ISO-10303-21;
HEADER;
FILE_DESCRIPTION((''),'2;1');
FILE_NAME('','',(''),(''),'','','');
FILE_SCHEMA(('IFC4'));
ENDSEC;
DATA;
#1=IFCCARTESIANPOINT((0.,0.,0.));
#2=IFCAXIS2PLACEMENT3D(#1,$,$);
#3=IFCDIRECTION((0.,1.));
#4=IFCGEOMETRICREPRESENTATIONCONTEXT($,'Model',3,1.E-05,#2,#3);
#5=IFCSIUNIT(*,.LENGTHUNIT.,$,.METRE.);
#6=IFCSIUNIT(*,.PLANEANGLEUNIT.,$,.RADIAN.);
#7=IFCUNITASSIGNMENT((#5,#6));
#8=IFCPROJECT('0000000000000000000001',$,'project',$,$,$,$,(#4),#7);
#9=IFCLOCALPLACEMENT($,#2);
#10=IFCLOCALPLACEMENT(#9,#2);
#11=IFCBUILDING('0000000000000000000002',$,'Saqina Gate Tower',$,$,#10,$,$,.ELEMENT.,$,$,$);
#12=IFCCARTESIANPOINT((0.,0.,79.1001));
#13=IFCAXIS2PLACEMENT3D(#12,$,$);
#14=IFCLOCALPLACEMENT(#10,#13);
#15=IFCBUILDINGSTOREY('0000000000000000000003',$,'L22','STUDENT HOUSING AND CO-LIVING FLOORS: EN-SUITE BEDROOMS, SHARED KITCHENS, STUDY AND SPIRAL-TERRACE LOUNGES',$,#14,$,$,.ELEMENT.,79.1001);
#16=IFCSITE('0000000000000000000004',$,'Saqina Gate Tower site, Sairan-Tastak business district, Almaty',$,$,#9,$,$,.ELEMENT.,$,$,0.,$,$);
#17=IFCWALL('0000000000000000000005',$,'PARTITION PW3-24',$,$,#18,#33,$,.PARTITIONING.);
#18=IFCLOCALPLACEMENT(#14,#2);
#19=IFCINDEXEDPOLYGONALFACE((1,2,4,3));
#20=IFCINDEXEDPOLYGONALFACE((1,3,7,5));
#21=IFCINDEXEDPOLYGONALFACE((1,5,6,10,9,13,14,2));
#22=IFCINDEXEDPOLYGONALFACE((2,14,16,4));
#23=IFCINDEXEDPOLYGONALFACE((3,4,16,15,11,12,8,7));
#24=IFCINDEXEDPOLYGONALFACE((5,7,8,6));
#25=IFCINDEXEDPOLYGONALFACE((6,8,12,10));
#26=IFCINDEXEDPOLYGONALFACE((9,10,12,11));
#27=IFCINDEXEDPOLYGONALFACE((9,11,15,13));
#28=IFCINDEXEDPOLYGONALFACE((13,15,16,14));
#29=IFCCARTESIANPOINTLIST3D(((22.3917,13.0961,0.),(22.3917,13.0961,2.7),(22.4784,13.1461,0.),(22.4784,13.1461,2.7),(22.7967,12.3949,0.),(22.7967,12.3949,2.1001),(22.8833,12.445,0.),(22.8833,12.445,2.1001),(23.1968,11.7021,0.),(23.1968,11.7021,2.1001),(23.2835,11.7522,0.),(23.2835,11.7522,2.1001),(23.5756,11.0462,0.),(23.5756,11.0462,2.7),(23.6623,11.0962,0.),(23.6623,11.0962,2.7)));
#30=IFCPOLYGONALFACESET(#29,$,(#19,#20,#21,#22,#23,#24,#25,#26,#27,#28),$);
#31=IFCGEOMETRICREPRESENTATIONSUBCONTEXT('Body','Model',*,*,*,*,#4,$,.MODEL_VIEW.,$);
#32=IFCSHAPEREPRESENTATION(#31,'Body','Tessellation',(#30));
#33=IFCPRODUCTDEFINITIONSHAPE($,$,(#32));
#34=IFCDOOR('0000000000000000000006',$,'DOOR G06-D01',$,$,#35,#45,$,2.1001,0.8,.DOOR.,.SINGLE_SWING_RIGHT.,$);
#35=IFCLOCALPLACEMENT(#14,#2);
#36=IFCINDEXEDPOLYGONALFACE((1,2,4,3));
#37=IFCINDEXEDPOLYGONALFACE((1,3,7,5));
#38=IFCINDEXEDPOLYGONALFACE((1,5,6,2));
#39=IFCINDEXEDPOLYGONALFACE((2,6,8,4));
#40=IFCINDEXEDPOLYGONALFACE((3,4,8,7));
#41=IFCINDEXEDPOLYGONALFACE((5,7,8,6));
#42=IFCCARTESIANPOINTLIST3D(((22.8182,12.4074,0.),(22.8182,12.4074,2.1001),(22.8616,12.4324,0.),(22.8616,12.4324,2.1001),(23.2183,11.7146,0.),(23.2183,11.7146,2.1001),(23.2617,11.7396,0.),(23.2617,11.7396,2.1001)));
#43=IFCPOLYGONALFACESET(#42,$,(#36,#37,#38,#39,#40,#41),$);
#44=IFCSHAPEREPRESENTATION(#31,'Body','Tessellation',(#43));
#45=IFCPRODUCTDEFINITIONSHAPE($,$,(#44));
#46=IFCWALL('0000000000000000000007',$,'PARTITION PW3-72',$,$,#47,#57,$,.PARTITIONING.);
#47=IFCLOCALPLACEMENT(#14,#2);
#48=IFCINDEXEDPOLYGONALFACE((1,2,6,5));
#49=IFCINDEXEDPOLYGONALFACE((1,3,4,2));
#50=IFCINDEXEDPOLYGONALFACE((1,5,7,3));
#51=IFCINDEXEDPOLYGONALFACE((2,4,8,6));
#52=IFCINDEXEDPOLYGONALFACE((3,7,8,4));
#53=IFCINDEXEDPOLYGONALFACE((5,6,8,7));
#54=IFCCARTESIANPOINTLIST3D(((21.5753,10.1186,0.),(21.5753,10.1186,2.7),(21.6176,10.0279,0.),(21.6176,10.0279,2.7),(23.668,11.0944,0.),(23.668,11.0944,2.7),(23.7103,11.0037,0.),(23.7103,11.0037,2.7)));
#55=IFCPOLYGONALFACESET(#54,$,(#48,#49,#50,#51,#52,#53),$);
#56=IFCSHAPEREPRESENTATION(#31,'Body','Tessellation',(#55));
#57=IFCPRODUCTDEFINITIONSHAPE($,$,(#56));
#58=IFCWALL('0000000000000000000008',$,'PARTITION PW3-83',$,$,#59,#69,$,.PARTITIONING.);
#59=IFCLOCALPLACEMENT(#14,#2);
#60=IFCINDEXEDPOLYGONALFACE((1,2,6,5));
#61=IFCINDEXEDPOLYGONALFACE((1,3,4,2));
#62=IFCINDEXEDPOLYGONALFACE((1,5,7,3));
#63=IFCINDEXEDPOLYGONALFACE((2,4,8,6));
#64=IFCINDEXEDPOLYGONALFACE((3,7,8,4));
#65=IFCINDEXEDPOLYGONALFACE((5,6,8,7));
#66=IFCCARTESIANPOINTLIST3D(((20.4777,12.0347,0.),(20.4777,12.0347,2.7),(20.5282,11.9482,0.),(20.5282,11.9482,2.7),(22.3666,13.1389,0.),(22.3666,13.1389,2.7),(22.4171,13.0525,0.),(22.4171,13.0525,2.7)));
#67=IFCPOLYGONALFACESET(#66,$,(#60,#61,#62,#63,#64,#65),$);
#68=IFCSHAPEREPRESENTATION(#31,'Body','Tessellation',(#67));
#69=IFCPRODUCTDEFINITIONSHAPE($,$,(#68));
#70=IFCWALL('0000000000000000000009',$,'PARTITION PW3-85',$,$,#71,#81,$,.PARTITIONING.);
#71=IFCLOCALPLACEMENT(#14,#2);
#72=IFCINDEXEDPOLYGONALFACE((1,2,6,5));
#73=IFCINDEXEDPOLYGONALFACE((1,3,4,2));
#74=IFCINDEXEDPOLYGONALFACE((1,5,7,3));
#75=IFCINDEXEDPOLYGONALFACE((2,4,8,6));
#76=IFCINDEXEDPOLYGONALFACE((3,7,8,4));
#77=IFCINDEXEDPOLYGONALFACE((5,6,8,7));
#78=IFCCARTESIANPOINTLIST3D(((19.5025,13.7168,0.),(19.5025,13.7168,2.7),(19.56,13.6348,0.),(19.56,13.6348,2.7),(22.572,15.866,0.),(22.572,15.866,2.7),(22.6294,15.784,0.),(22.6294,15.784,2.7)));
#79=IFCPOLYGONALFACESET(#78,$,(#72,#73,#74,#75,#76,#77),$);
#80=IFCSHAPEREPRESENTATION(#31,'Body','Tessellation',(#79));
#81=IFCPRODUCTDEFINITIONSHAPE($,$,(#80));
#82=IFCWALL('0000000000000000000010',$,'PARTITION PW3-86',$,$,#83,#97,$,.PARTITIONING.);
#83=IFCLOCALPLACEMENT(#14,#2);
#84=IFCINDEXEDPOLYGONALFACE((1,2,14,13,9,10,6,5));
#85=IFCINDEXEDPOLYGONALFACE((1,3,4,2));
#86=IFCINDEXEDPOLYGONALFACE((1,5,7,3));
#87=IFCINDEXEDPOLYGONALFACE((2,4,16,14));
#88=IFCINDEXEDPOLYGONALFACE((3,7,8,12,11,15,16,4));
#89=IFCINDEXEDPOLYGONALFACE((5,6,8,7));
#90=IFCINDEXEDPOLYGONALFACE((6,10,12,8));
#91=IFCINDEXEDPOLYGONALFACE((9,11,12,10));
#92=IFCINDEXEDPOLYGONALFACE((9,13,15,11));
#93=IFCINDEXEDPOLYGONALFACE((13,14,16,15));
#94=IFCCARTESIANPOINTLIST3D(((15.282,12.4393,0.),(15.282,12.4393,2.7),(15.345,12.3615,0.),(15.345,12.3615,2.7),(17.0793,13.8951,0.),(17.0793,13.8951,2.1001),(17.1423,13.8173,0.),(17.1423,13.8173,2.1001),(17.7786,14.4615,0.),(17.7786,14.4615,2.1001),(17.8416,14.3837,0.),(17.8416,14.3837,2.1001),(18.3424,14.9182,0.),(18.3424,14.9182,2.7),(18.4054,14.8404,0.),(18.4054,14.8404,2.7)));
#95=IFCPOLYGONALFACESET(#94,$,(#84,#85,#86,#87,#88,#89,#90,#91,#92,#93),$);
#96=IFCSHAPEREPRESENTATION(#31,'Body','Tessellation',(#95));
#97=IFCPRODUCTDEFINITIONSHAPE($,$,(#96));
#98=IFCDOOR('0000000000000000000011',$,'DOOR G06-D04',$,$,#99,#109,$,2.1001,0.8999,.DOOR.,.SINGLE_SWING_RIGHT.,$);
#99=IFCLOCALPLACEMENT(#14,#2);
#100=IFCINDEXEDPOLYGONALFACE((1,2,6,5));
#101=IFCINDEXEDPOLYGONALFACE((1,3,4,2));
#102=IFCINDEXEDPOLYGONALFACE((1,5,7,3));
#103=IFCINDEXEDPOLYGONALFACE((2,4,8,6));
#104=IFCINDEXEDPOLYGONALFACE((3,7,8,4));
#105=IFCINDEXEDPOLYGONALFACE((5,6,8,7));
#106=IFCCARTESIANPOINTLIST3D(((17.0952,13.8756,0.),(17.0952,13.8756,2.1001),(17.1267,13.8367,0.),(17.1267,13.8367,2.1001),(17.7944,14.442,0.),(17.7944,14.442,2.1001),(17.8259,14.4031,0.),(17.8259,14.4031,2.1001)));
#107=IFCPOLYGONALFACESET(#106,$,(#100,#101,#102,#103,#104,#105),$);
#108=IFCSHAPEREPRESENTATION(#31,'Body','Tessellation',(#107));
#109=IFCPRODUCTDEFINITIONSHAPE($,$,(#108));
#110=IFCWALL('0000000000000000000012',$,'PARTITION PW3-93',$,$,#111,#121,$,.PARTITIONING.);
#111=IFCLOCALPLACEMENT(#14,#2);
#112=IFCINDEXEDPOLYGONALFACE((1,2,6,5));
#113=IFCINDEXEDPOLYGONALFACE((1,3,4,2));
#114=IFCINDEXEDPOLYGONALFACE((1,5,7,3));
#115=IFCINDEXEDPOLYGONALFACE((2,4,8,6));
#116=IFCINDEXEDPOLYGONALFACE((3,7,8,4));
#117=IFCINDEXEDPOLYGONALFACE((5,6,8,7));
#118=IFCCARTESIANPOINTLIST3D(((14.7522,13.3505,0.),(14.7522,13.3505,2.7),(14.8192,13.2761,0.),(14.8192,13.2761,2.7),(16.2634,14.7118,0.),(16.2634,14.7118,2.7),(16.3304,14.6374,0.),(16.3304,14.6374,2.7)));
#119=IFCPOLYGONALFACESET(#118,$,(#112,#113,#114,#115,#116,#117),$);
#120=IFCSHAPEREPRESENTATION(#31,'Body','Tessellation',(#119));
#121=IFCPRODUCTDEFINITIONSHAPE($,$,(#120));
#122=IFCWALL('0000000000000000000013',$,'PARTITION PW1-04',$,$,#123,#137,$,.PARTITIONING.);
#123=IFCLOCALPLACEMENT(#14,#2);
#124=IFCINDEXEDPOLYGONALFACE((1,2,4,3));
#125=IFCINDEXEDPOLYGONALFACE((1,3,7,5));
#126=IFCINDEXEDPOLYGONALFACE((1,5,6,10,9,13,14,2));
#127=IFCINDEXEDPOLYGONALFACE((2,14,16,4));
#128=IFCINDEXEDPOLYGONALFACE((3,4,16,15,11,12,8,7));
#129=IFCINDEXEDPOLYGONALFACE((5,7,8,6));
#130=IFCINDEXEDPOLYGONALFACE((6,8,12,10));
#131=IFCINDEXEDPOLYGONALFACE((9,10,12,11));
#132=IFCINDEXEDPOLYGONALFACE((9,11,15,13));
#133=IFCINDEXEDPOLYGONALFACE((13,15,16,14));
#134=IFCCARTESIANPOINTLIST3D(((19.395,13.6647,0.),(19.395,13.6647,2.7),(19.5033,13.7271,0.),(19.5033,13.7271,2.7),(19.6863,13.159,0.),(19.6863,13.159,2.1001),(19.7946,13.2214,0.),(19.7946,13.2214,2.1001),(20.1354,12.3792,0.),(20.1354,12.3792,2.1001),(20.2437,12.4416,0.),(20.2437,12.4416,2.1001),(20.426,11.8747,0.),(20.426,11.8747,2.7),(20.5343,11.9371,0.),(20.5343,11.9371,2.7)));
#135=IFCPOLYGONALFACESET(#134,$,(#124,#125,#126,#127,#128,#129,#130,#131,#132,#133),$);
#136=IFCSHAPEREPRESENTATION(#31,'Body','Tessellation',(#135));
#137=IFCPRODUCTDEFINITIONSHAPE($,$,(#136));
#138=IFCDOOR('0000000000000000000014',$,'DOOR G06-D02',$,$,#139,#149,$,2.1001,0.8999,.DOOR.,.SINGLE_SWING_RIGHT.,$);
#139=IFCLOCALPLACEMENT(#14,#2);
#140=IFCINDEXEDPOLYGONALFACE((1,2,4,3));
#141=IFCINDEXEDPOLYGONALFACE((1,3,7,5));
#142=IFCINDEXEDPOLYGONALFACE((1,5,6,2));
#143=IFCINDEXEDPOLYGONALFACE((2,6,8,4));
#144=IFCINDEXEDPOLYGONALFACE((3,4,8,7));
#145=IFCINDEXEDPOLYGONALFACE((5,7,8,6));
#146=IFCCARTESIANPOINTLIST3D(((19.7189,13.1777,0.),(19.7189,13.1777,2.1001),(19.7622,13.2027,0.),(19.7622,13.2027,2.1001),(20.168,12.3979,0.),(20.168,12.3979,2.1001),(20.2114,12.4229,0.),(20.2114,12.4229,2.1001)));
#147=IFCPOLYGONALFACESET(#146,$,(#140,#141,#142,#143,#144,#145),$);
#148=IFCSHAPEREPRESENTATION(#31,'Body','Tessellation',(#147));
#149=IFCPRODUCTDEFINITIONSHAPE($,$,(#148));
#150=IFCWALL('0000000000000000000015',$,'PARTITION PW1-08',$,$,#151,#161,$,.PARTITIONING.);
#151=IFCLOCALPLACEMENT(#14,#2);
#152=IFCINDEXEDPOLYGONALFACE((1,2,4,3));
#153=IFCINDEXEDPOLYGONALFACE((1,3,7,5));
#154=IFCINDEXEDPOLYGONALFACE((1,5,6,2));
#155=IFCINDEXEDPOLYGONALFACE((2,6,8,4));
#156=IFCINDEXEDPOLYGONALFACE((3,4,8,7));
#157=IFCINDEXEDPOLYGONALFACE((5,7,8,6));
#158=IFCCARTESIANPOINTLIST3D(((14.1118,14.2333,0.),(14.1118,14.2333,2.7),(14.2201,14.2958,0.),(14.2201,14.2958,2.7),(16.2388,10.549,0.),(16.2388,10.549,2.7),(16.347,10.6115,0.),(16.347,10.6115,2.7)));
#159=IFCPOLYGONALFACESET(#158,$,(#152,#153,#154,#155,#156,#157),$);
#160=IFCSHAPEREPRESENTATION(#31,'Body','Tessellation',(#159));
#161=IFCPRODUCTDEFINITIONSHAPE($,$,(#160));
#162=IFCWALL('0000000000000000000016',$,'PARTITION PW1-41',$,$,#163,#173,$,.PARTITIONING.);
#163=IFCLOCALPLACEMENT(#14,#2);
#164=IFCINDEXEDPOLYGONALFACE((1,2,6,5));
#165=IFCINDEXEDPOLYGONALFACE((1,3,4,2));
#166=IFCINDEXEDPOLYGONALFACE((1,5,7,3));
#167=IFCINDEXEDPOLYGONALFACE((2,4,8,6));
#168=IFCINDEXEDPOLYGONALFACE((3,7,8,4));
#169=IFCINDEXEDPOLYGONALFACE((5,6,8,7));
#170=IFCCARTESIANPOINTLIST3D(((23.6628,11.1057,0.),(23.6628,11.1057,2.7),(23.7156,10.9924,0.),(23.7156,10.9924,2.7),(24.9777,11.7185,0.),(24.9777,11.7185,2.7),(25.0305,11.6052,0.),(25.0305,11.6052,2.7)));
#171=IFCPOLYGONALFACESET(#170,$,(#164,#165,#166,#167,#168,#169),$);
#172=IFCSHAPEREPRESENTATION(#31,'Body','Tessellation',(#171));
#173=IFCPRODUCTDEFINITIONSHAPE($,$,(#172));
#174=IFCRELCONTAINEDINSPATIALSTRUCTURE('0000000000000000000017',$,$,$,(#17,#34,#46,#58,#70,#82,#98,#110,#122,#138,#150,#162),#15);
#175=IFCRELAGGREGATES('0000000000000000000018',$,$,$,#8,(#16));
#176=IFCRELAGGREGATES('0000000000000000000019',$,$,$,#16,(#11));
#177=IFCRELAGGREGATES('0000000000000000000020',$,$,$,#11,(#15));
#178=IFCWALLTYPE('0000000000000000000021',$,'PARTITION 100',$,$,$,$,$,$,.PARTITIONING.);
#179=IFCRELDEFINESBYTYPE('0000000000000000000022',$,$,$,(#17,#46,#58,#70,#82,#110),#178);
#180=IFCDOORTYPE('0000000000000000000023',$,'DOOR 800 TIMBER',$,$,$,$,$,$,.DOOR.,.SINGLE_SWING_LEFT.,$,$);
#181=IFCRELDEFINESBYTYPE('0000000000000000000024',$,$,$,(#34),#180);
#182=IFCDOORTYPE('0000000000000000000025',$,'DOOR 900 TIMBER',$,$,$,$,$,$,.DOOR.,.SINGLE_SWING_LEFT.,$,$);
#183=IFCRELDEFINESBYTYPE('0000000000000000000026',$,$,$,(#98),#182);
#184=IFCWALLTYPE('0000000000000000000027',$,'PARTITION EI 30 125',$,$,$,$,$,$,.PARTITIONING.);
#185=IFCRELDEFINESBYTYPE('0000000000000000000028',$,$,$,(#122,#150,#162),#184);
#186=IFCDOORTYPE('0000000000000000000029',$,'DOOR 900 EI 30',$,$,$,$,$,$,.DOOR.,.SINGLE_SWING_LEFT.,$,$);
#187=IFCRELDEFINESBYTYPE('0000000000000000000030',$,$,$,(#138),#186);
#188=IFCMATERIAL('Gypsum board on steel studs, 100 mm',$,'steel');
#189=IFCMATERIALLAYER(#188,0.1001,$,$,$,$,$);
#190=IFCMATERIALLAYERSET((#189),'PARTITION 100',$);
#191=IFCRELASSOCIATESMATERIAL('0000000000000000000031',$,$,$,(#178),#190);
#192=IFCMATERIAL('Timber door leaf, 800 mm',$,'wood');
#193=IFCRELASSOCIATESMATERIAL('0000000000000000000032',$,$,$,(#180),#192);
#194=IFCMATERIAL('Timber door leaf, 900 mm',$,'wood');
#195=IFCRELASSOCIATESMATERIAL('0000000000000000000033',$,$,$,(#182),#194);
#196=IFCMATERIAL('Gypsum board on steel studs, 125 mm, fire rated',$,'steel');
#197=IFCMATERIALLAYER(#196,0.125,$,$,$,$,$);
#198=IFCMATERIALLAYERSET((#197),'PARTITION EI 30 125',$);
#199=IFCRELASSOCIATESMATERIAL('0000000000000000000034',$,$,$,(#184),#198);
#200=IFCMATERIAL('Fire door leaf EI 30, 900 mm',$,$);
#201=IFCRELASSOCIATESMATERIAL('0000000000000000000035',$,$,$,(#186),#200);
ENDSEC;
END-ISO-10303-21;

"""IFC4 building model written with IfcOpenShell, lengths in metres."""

from ifc_helpers import new_model, si_unit, direction, frame, frame_2d, origin, place, context, subcontext, project, spatial, rectangle, extrude, material, layer, layer_set, type_object, element, fill, save


model = new_model("IFC4")

# Units and contexts
model_context = context("Model", 3, precision=1e-05, world=origin(), true_north=direction((0.0, 1.0)))
body_context = subcontext(model_context, "Body", "Model", "MODEL_VIEW")
ifc_project = project(units=[si_unit("LENGTHUNIT", "METRE"), si_unit("PLANEANGLEUNIT", "RADIAN")], contexts=[model_context])

# Site, building, storey
site_placement = place(None, origin())
site = spatial("IfcSite", under=ifc_project, at=site_placement, Name="Saqina Gate Tower site, Sairan-Tastak business district, Almaty", CompositionType="ELEMENT", RefElevation=0.0)
building_placement = place(site_placement, origin())
building = spatial("IfcBuilding", under=site, at=building_placement, Name="Saqina Gate Tower", CompositionType="ELEMENT")
storey_placement = place(building_placement, frame((0.0, 0.0, 79.1001)))
storey = spatial("IfcBuildingStorey", under=building, at=storey_placement, Name="L22", Description="STUDENT HOUSING AND CO-LIVING FLOORS: EN-SUITE BEDROOMS, SHARED KITCHENS, STUDY AND SPIRAL-TERRACE LOUNGES", CompositionType="ELEMENT", Elevation=79.1001)

# Shared definitions
ifc_material_1 = material(Name="Gypsum board on steel studs, 100 mm", Category="steel")
ifc_layer_1 = layer(ifc_material_1, 0.1001)
ifc_layer_set_1 = layer_set([ifc_layer_1], Name="PARTITION 100")
wall_type_1 = type_object("IfcWallType", Name="PARTITION 100", PredefinedType="PARTITIONING", material=ifc_layer_set_1)

# Wall, opening, door
wall_1_placement = place(storey_placement, frame((22.4351, 13.1211, 0.0), z_axis=(0.0, 0.0, 1.0), x_axis=(0.500121, -0.865955, 0.0)))
wall_1 = element("IfcWall", 1, at=wall_1_placement, inside=storey, type_object=wall_type_1, Name="PARTITION PW3-24", PredefinedType="PARTITIONING", context=body_context, shape_type="SweptSolid", body=[
    extrude(rectangle(XDim=2.3672, YDim=0.1001, at=frame_2d((1.1836, 0.0))), origin(), (0.0, 0.0, 1.0), 2.7),
])
opening_1_placement = place(wall_1_placement, frame((0.8098, 0.0, 0.0)))
opening_1 = element("IfcOpeningElement", 2, at=opening_1_placement, cuts=wall_1, PredefinedType="OPENING", context=body_context, shape_type="SweptSolid", body=[
    extrude(rectangle(XDim=0.8, YDim=2.1001, at=frame_2d((0.3999, 1.05))), frame((0.0, 0.062, 0.0), z_axis=(0.0, -1.0, 0.0), x_axis=(1.0, 0.0, 0.0)), (0.0, 0.0, 1.0), 0.124),
])
ifc_material_2 = material(Name="Timber door leaf, 800 mm", Category="wood")
door_type_1 = type_object("IfcDoorType", Name="DOOR 800 TIMBER", OperationType="SINGLE_SWING_LEFT", PredefinedType="DOOR", material=ifc_material_2)
door_1_placement = place(opening_1_placement, origin())
door_1 = element("IfcDoor", 3, at=door_1_placement, inside=storey, type_object=door_type_1, Name="DOOR G06-D01", OperationType="SINGLE_SWING_RIGHT", OverallHeight=2.1001, OverallWidth=0.8, PredefinedType="DOOR", context=body_context, shape_type="SweptSolid", body=[
    extrude(rectangle(XDim=0.8, YDim=2.1001, at=frame_2d((0.3999, 1.05))), frame((0.0, 0.0249, 0.0), z_axis=(0.0, -1.0, 0.0), x_axis=(1.0, 0.0, 0.0)), (0.0, 0.0, 1.0), 0.05),
])
fill(opening_1, door_1)

# Walls
wall_2_placement = place(storey_placement, frame((21.5964, 10.0732, 0.0), z_axis=(0.0, 0.0, 1.0), x_axis=(0.906315, 0.422602, 0.0)))
element("IfcWall", 4, at=wall_2_placement, inside=storey, type_object=wall_type_1, Name="PARTITION PW3-72", PredefinedType="PARTITIONING", context=body_context, shape_type="SweptSolid", body=[
    extrude(rectangle(XDim=2.3091, YDim=0.1001, at=frame_2d((1.1545, 0.0))), origin(), (0.0, 0.0, 1.0), 2.7),
])
wall_3_placement = place(storey_placement, frame((20.5029, 11.9915, 0.0), z_axis=(0.0, 0.0, 1.0), x_axis=(0.863305, 0.504683, 0.0)))
element("IfcWall", 5, at=wall_3_placement, inside=storey, type_object=wall_type_1, Name="PARTITION PW3-83", PredefinedType="PARTITIONING", context=body_context, shape_type="SweptSolid", body=[
    extrude(rectangle(XDim=2.188, YDim=0.1001, at=frame_2d((1.094, 0.0))), origin(), (0.0, 0.0, 1.0), 2.7),
])
wall_4_placement = place(storey_placement, frame((19.5312, 13.6758, 0.0), z_axis=(0.0, 0.0, 1.0), x_axis=(0.819152, 0.573576, 0.0)))
element("IfcWall", 6, at=wall_4_placement, inside=storey, type_object=wall_type_1, Name="PARTITION PW3-85", PredefinedType="PARTITIONING", context=body_context, shape_type="SweptSolid", body=[
    extrude(rectangle(XDim=3.7471, YDim=0.1001, at=frame_2d((1.8735, 0.0))), origin(), (0.0, 0.0, 1.0), 2.7),
])

# Wall, opening, door
wall_5_placement = place(storey_placement, frame((15.3135, 12.4004, 0.0), z_axis=(0.0, 0.0, 1.0), x_axis=(0.777069, 0.629416, 0.0)))
wall_5 = element("IfcWall", 7, at=wall_5_placement, inside=storey, type_object=wall_type_1, Name="PARTITION PW3-86", PredefinedType="PARTITIONING", context=body_context, shape_type="SweptSolid", body=[
    extrude(rectangle(XDim=3.9385, YDim=0.1001, at=frame_2d((1.9692, 0.0))), origin(), (0.0, 0.0, 1.0), 2.7),
])
opening_2_placement = place(wall_5_placement, frame((2.313, 0.0, 0.0)))
opening_2 = element("IfcOpeningElement", 8, at=opening_2_placement, cuts=wall_5, PredefinedType="OPENING", context=body_context, shape_type="SweptSolid", body=[
    extrude(rectangle(XDim=0.8999, YDim=2.1001, at=frame_2d((0.45, 1.05))), frame((0.0, 0.062, 0.0), z_axis=(0.0, -1.0, 0.0), x_axis=(1.0, 0.0, 0.0)), (0.0, 0.0, 1.0), 0.124),
])
ifc_material_3 = material(Name="Timber door leaf, 900 mm", Category="wood")
door_type_2 = type_object("IfcDoorType", Name="DOOR 900 TIMBER", OperationType="SINGLE_SWING_LEFT", PredefinedType="DOOR", material=ifc_material_3)
door_2_placement = place(opening_2_placement, origin())
door_2 = element("IfcDoor", 9, at=door_2_placement, inside=storey, type_object=door_type_2, Name="DOOR G06-D04", OperationType="SINGLE_SWING_RIGHT", OverallHeight=2.1001, OverallWidth=0.8999, PredefinedType="DOOR", context=body_context, shape_type="SweptSolid", body=[
    extrude(rectangle(XDim=0.8999, YDim=2.1001, at=frame_2d((0.45, 1.05))), frame((0.0, 0.0249, 0.0), z_axis=(0.0, -1.0, 0.0), x_axis=(1.0, 0.0, 0.0)), (0.0, 0.0, 1.0), 0.05),
])
fill(opening_2, door_2)

# Wall
wall_6_placement = place(storey_placement, frame((14.7856, 13.3132, 0.0), z_axis=(0.0, 0.0, 1.0), x_axis=(0.742996, 0.669296, 0.0)))
element("IfcWall", 10, at=wall_6_placement, inside=storey, type_object=wall_type_1, Name="PARTITION PW3-93", PredefinedType="PARTITIONING", context=body_context, shape_type="SweptSolid", body=[
    extrude(rectangle(XDim=2.0339, YDim=0.1001, at=frame_2d((1.0171, 0.0))), origin(), (0.0, 0.0, 1.0), 2.7),
])

# Wall, opening, door
ifc_material_4 = material(Name="Gypsum board on steel studs, 125 mm, fire rated", Category="steel")
ifc_layer_2 = layer(ifc_material_4, 0.125)
ifc_layer_set_2 = layer_set([ifc_layer_2], Name="PARTITION EI 30 125")
wall_type_2 = type_object("IfcWallType", Name="PARTITION EI 30 125", PredefinedType="PARTITIONING", material=ifc_layer_set_2)
wall_7_placement = place(storey_placement, frame((19.4492, 13.6958, 0.0), z_axis=(0.0, 0.0, 1.0), x_axis=(0.499102, -0.866543, 0.0)))
wall_7 = element("IfcWall", 11, at=wall_7_placement, inside=storey, type_object=wall_type_2, Name="PARTITION PW1-04", PredefinedType="PARTITIONING", context=body_context, shape_type="SweptSolid", body=[
    extrude(rectangle(XDim=2.0657, YDim=0.125, at=frame_2d((1.0327, 0.0))), origin(), (0.0, 0.0, 1.0), 2.7),
])
opening_3_placement = place(wall_7_placement, frame((0.5835, 0.0, 0.0)))
opening_3 = element("IfcOpeningElement", 12, at=opening_3_placement, cuts=wall_7, PredefinedType="OPENING", context=body_context, shape_type="SweptSolid", body=[
    extrude(rectangle(XDim=0.8999, YDim=2.1001, at=frame_2d((0.45, 1.05))), frame((0.0, 0.0745, 0.0), z_axis=(0.0, -1.0, 0.0), x_axis=(1.0, 0.0, 0.0)), (0.0, 0.0, 1.0), 0.1489),
])
ifc_material_5 = material(Name="Fire door leaf EI 30, 900 mm")
door_type_3 = type_object("IfcDoorType", Name="DOOR 900 EI 30", OperationType="SINGLE_SWING_LEFT", PredefinedType="DOOR", material=ifc_material_5)
door_3_placement = place(opening_3_placement, frame((0.8999, 0.0, 0.0), z_axis=(0.0, 0.0, 1.0), x_axis=(-1.0, 0.0, 0.0)))
door_3 = element("IfcDoor", 13, at=door_3_placement, inside=storey, type_object=door_type_3, Name="DOOR G06-D02", OperationType="SINGLE_SWING_RIGHT", OverallHeight=2.1001, OverallWidth=0.8999, PredefinedType="DOOR", context=body_context, shape_type="SweptSolid", body=[
    extrude(rectangle(XDim=0.8999, YDim=2.1001, at=frame_2d((0.45, 1.05))), frame((0.0, 0.0249, 0.0), z_axis=(0.0, -1.0, 0.0), x_axis=(1.0, 0.0, 0.0)), (0.0, 0.0, 1.0), 0.05),
])
fill(opening_3, door_3)

# Walls
wall_8_placement = place(storey_placement, frame((14.166, 14.2644, 0.0), z_axis=(0.0, 0.0, 1.0), x_axis=(0.499966, -0.866045, 0.0)))
element("IfcWall", 14, at=wall_8_placement, inside=storey, type_object=wall_type_2, Name="PARTITION PW1-08", PredefinedType="PARTITIONING", context=body_context, shape_type="SweptSolid", body=[
    extrude(rectangle(XDim=4.2542, YDim=0.125, at=frame_2d((2.127, 0.0))), origin(), (0.0, 0.0, 1.0), 2.7),
])
wall_9_placement = place(storey_placement, frame((23.6892, 11.0491, 0.0), z_axis=(0.0, 0.0, 1.0), x_axis=(0.906407, 0.422406, 0.0)))
element("IfcWall", 15, at=wall_9_placement, inside=storey, type_object=wall_type_2, Name="PARTITION PW1-41", PredefinedType="PARTITIONING", context=body_context, shape_type="SweptSolid", body=[
    extrude(rectangle(XDim=1.4507, YDim=0.125, at=frame_2d((0.7253, 0.0))), origin(), (0.0, 0.0, 1.0), 2.7),
])

save(model, "model.ifc")
